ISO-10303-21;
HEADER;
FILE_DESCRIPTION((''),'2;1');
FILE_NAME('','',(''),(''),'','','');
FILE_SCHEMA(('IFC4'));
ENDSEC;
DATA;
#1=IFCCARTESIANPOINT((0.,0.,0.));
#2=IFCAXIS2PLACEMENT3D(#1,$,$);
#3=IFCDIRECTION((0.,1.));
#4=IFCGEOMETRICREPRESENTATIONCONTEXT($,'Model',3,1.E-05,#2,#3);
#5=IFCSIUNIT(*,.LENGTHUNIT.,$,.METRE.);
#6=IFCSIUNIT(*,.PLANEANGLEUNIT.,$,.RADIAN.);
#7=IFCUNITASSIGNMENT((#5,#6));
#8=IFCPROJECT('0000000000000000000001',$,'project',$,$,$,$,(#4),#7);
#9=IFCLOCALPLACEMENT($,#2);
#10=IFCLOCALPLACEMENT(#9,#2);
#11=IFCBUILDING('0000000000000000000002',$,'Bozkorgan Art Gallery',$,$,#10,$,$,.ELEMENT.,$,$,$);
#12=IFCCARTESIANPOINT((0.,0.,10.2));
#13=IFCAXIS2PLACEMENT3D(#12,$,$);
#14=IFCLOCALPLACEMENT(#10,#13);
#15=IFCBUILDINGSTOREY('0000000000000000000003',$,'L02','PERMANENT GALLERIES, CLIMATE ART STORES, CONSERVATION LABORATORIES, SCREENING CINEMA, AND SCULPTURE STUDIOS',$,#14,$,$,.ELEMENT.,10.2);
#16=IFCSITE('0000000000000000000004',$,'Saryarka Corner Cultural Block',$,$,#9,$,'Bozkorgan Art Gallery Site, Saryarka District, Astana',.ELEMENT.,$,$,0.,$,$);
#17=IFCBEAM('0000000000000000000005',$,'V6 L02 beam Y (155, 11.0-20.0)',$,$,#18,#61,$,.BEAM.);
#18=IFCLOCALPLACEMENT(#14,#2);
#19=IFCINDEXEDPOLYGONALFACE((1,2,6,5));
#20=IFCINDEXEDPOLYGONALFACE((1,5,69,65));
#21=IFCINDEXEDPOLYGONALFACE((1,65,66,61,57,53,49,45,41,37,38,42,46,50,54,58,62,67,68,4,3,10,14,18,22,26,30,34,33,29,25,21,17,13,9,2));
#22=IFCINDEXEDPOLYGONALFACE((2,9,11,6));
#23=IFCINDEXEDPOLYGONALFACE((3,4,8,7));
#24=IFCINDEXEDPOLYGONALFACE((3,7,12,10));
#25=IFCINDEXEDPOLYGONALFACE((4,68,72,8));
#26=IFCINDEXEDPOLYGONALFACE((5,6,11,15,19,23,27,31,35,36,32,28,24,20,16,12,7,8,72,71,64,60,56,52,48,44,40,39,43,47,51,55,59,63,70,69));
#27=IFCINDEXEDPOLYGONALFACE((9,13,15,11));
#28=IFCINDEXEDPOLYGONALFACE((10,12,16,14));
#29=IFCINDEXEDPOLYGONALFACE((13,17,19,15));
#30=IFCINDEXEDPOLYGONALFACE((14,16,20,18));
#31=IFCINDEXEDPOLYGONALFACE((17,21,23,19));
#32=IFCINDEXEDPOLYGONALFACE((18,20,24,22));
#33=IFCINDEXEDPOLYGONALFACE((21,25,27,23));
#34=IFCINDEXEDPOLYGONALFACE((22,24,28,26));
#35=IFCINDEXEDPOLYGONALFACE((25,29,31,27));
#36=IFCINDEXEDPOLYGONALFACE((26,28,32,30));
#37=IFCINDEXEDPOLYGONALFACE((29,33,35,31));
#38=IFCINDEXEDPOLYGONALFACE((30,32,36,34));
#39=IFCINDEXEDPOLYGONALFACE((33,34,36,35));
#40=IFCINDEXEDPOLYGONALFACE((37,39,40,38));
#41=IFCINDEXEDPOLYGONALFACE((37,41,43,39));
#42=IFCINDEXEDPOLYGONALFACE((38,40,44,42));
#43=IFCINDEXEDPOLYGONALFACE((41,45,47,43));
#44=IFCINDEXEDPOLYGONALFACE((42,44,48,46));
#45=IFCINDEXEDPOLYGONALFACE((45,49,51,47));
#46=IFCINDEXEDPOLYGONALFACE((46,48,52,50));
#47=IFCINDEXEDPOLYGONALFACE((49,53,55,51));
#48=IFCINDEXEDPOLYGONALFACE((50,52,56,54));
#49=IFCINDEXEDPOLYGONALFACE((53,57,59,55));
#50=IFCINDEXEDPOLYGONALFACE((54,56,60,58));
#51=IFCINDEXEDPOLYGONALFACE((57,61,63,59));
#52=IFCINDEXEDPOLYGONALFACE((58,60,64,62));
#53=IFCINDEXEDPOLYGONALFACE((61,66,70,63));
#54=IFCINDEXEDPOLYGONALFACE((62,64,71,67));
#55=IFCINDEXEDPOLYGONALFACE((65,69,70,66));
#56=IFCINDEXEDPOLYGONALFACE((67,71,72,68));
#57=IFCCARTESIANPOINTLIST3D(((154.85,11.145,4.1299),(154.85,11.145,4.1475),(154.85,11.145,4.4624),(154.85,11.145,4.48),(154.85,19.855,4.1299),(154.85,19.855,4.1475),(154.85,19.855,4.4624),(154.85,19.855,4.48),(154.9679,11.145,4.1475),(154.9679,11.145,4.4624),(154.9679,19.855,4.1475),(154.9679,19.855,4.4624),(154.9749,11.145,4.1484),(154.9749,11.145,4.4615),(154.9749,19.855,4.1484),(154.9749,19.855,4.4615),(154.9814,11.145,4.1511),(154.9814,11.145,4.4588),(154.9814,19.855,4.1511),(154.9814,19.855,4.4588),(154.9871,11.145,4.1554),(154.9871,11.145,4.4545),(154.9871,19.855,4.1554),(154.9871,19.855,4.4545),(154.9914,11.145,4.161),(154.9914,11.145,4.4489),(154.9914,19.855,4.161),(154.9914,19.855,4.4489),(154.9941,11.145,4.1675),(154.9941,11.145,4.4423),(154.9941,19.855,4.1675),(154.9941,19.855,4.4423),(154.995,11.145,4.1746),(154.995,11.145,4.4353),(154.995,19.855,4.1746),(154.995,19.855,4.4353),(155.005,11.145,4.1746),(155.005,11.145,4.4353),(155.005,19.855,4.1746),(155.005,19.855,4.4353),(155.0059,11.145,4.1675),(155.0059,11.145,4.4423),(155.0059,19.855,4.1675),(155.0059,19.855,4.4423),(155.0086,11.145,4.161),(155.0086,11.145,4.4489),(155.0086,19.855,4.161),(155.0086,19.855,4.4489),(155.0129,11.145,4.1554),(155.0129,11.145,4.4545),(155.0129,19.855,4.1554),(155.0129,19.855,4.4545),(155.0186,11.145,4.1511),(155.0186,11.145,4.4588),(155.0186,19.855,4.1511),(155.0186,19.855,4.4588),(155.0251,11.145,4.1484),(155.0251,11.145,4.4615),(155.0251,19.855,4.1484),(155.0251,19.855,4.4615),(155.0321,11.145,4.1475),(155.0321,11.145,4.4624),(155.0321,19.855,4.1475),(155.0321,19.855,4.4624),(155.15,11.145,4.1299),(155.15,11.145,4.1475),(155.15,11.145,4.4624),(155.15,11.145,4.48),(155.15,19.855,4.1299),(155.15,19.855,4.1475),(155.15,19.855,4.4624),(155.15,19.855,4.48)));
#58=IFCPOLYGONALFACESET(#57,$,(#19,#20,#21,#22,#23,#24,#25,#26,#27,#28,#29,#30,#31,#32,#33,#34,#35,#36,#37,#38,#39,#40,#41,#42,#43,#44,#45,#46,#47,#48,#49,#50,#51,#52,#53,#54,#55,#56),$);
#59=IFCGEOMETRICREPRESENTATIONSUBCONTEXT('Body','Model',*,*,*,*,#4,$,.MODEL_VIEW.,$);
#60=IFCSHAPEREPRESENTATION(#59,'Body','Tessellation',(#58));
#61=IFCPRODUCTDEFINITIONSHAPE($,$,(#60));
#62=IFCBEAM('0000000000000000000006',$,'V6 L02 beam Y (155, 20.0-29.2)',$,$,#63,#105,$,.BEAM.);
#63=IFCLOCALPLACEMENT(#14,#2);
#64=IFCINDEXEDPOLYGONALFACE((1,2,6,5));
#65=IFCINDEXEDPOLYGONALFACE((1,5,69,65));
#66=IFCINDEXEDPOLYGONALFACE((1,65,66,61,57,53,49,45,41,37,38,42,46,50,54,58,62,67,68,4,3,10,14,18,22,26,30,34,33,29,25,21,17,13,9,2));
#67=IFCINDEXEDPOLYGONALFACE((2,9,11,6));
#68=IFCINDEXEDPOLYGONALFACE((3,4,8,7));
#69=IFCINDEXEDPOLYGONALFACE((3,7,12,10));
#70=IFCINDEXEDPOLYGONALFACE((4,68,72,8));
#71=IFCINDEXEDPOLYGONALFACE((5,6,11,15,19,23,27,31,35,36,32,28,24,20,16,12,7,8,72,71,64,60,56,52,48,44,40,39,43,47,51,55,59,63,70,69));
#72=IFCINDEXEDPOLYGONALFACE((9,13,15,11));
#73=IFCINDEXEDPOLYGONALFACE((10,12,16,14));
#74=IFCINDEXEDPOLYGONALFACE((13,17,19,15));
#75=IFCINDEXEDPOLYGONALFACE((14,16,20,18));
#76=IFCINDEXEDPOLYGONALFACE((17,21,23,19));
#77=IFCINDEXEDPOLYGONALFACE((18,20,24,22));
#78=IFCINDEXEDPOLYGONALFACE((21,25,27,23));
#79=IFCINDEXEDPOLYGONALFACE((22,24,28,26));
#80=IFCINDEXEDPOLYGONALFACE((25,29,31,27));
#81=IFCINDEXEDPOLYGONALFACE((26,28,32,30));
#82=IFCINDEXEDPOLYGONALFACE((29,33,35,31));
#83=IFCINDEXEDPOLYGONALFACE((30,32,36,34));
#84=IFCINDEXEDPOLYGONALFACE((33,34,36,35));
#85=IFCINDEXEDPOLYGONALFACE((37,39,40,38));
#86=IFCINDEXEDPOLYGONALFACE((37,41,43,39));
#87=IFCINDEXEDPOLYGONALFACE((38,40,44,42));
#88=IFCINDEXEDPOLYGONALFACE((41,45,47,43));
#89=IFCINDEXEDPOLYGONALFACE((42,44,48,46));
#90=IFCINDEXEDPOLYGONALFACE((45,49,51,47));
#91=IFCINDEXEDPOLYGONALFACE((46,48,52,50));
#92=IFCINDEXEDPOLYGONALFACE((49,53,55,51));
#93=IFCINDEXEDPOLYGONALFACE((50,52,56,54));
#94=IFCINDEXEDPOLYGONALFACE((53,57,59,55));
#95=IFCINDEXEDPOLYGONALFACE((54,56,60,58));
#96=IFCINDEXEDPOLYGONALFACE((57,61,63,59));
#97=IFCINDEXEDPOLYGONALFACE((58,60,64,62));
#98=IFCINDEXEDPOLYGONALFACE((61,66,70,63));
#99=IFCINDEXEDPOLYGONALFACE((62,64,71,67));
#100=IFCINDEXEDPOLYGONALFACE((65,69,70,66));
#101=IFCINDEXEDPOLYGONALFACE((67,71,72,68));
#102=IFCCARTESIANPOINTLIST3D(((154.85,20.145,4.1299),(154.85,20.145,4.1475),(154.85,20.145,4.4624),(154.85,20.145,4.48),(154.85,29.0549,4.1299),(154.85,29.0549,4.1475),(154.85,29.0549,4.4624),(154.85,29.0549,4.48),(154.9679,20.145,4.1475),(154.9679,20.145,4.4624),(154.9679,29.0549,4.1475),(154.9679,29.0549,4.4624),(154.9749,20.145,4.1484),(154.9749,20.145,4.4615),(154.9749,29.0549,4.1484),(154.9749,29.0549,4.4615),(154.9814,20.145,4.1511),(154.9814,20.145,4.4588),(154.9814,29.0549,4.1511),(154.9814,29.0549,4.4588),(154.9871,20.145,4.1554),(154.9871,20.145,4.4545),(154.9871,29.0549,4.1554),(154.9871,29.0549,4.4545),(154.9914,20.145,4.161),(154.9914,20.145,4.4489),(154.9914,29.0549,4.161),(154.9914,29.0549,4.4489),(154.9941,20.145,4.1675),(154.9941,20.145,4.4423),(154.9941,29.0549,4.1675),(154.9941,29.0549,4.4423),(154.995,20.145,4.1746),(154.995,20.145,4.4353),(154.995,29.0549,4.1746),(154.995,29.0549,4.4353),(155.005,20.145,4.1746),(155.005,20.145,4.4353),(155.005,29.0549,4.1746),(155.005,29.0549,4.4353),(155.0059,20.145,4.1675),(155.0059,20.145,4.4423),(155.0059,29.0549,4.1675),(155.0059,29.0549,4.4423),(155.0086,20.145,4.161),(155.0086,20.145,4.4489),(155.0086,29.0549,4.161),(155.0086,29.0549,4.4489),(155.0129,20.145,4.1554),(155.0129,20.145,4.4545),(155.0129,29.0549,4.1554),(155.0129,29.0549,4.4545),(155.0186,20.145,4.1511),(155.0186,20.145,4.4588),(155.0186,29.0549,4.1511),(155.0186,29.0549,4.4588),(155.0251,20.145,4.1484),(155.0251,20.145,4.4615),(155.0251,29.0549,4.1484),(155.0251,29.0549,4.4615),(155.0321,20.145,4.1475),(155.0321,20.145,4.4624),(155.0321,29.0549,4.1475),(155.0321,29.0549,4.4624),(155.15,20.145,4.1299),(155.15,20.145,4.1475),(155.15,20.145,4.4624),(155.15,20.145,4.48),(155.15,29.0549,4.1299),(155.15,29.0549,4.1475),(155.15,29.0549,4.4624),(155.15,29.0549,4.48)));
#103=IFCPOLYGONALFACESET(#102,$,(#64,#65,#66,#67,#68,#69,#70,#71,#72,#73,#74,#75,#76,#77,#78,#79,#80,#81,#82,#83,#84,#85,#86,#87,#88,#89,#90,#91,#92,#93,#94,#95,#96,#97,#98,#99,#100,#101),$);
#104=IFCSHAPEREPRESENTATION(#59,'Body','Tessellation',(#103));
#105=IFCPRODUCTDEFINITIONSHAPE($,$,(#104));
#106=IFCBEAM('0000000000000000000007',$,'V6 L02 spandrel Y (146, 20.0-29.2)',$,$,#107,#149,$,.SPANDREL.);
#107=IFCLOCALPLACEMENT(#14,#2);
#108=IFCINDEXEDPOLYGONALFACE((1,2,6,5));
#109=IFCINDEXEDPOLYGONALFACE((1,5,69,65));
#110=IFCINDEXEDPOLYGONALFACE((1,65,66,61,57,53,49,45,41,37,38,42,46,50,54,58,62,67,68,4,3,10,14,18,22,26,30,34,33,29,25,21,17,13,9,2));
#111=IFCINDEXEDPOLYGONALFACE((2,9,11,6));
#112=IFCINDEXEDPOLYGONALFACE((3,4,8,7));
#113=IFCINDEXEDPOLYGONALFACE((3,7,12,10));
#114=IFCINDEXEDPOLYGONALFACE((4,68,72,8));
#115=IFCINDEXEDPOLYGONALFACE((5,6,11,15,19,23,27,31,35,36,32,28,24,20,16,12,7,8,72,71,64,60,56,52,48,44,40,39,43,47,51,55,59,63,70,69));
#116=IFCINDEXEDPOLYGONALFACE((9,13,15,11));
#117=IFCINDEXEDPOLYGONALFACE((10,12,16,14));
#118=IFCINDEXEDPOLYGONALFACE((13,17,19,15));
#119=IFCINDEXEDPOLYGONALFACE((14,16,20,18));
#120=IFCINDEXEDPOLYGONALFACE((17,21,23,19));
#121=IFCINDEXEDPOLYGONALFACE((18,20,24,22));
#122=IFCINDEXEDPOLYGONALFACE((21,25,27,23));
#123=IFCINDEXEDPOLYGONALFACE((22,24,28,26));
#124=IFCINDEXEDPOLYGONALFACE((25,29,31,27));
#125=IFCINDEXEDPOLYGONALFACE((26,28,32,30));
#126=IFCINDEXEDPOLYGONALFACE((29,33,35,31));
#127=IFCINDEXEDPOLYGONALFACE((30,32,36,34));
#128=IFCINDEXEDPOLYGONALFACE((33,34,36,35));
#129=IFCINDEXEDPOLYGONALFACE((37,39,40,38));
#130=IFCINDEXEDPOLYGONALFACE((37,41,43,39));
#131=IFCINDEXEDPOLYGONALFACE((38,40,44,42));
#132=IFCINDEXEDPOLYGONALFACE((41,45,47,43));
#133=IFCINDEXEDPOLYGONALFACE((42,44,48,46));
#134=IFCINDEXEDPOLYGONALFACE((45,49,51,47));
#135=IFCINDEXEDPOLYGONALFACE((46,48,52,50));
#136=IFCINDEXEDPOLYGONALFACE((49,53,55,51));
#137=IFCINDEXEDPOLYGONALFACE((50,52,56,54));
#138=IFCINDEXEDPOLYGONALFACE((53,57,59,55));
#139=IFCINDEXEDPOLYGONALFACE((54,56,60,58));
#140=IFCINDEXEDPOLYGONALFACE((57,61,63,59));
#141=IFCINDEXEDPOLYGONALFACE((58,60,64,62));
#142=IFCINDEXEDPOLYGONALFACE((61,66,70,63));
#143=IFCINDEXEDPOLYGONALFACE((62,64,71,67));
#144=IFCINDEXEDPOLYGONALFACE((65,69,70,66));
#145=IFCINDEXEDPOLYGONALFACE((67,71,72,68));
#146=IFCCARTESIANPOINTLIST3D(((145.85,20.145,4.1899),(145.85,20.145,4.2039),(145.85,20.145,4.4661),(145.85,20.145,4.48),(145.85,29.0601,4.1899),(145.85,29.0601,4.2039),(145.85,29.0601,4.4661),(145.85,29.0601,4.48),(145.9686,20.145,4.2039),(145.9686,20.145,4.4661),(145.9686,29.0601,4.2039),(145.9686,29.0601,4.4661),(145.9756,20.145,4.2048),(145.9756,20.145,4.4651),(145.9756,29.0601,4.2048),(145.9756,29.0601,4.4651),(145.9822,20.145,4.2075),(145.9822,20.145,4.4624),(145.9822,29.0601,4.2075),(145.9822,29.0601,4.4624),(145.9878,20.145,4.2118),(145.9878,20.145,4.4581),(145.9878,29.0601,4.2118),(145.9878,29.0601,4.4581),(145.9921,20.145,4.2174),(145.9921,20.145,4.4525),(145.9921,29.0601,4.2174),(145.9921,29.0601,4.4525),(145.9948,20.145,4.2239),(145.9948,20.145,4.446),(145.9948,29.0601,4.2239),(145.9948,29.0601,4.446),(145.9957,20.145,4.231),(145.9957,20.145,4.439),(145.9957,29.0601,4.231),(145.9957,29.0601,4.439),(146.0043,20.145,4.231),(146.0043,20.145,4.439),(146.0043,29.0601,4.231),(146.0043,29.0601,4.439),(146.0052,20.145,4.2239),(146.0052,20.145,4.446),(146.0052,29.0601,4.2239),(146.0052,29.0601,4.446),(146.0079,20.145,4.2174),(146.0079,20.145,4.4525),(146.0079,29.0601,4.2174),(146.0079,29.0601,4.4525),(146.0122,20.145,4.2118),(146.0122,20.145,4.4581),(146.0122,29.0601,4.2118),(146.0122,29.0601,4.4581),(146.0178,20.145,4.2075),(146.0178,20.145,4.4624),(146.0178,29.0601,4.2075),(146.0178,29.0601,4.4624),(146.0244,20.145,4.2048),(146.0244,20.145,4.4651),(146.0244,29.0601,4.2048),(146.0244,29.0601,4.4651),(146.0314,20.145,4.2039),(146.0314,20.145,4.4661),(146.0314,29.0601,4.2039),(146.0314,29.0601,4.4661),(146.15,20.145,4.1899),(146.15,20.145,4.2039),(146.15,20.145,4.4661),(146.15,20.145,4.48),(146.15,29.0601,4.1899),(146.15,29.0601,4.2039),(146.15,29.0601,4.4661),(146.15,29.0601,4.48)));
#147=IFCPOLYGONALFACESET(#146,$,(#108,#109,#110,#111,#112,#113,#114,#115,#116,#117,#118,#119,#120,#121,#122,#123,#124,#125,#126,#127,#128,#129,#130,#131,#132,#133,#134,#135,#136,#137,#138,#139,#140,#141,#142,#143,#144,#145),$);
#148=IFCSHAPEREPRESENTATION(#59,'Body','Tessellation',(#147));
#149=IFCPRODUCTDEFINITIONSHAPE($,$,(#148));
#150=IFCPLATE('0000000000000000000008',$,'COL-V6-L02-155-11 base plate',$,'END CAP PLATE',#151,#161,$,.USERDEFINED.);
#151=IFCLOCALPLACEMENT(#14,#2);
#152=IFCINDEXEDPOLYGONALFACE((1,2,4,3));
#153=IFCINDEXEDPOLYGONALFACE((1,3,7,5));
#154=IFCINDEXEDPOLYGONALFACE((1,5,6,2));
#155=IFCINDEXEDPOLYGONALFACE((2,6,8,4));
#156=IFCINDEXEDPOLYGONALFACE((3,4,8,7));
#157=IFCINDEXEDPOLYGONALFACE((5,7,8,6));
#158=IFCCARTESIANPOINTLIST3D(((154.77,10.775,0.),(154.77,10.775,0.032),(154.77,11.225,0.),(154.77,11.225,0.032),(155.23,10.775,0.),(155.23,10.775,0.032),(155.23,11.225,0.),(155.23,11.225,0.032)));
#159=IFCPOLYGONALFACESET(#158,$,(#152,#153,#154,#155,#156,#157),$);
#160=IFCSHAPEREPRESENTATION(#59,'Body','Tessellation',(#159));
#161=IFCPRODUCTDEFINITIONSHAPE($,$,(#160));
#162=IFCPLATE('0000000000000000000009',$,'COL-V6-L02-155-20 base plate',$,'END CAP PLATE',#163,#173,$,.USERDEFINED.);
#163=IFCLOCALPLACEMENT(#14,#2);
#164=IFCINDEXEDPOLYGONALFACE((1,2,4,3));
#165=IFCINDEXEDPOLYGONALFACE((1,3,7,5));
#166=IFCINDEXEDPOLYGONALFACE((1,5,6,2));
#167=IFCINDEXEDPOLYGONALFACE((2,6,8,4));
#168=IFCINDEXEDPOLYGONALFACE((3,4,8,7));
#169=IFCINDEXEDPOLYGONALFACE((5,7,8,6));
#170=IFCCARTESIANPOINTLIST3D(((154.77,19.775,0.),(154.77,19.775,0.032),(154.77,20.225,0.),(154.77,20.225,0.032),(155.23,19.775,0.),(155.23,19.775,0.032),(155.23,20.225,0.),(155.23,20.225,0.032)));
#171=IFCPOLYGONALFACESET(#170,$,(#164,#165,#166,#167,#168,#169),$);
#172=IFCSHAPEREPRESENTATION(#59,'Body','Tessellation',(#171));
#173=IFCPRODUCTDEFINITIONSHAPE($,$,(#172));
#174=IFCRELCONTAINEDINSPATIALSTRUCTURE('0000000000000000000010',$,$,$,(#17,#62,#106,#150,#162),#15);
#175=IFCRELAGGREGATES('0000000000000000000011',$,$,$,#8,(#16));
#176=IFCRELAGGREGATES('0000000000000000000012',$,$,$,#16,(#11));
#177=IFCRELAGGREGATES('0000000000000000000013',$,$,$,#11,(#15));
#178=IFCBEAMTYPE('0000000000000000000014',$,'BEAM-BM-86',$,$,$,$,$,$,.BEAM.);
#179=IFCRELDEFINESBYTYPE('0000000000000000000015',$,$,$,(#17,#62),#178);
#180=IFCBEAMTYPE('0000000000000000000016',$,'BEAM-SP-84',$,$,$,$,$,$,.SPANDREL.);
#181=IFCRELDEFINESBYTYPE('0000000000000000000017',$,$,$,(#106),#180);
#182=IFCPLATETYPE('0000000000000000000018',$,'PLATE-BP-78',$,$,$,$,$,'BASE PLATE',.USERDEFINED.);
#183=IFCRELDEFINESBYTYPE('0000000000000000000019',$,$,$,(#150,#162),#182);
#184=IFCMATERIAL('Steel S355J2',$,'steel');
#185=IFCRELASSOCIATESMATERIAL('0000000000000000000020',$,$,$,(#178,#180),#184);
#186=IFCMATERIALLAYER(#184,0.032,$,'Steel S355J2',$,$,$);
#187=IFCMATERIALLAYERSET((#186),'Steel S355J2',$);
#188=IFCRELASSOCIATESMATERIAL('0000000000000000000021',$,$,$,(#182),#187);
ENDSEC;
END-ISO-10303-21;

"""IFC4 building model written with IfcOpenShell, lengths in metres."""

from ifc_helpers import new_model, si_unit, direction, frame, origin, origin_2d, place, context, subcontext, project, spatial, rectangle, i_section, extrude, material, layer, layer_set, material_profile, profile_set, type_object, element, save


model = new_model("IFC4")

# Units and contexts
model_context = context("Model", 3, precision=1e-05, world=origin(), true_north=direction((0.0, 1.0)))
body_context = subcontext(model_context, "Body", "Model", "MODEL_VIEW")
ifc_project = project(units=[si_unit("LENGTHUNIT", "METRE"), si_unit("PLANEANGLEUNIT", "RADIAN")], contexts=[model_context])

# Site, building, storey
site_placement = place(None, origin())
site = spatial("IfcSite", under=ifc_project, at=site_placement, Name="Saryarka Corner Cultural Block", LongName="Bozkorgan Art Gallery Site, Saryarka District, Astana", CompositionType="ELEMENT", RefElevation=0.0)
building_placement = place(site_placement, origin())
building = spatial("IfcBuilding", under=site, at=building_placement, Name="Bozkorgan Art Gallery", CompositionType="ELEMENT")
storey_placement = place(building_placement, frame((0.0, 0.0, 10.2)))
storey = spatial("IfcBuildingStorey", under=building, at=storey_placement, Name="L02", Description="PERMANENT GALLERIES, CLIMATE ART STORES, CONSERVATION LABORATORIES, SCREENING CINEMA, AND SCULPTURE STUDIOS", CompositionType="ELEMENT", Elevation=10.2)

# Shared definitions
ifc_material_1 = material(Name="Steel S355J2", Category="steel")

# Beams
ifc_material_profile_1 = material_profile(ifc_material_1, i_section(OverallWidth=0.3, OverallDepth=0.3501, WebThickness=0.01, FlangeThickness=0.0176, FilletRadius=0.0271, at=origin_2d()), Name="HEA 360")
ifc_profile_set_1 = profile_set([ifc_material_profile_1], Name="Steel S355J2")
beam_type_1 = type_object("IfcBeamType", Name="BEAM-BM-86", PredefinedType="BEAM", material=ifc_profile_set_1)
beam_1_placement = place(storey_placement, frame((155.0, 11.145, 4.3049), z_axis=(0.0, 1.0, 0.0), x_axis=(-1.0, 0.0, 0.0)))
element("IfcBeam", 1, at=beam_1_placement, inside=storey, type_object=beam_type_1, Name="V6 L02 beam Y (155, 11.0-20.0)", PredefinedType="BEAM", context=body_context, shape_type="SweptSolid", body=[
    extrude(i_section(OverallWidth=0.3, OverallDepth=0.3501, WebThickness=0.01, FlangeThickness=0.0176, FilletRadius=0.0271, at=origin_2d()), origin(), (0.0, 0.0, 1.0), 8.71),
])
beam_2_placement = place(storey_placement, frame((155.0, 20.145, 4.3049), z_axis=(0.0, 1.0, 0.0), x_axis=(-1.0, 0.0, 0.0)))
element("IfcBeam", 2, at=beam_2_placement, inside=storey, type_object=beam_type_1, Name="V6 L02 beam Y (155, 20.0-29.2)", PredefinedType="BEAM", context=body_context, shape_type="SweptSolid", body=[
    extrude(i_section(OverallWidth=0.3, OverallDepth=0.3501, WebThickness=0.01, FlangeThickness=0.0176, FilletRadius=0.0271, at=origin_2d()), origin(), (0.0, 0.0, 1.0), 8.9099),
])
ifc_material_profile_2 = material_profile(ifc_material_1, i_section(OverallWidth=0.3, OverallDepth=0.29, WebThickness=0.0085, FlangeThickness=0.0139, FilletRadius=0.0271, at=origin_2d()), Name="HEA 300")
ifc_profile_set_2 = profile_set([ifc_material_profile_2], Name="Steel S355J2")
beam_type_2 = type_object("IfcBeamType", Name="BEAM-SP-84", PredefinedType="SPANDREL", material=ifc_profile_set_2)
beam_3_placement = place(storey_placement, frame((146.0, 20.145, 4.335), z_axis=(0.0, 1.0, 0.0), x_axis=(-1.0, 0.0, 0.0)))
element("IfcBeam", 3, at=beam_3_placement, inside=storey, type_object=beam_type_2, Name="V6 L02 spandrel Y (146, 20.0-29.2)", PredefinedType="SPANDREL", context=body_context, shape_type="SweptSolid", body=[
    extrude(i_section(OverallWidth=0.3, OverallDepth=0.29, WebThickness=0.0085, FlangeThickness=0.0139, FilletRadius=0.0271, at=origin_2d()), origin(), (0.0, 0.0, 1.0), 8.915),
])

# Plates
ifc_layer_1 = layer(ifc_material_1, 0.032, Name="Steel S355J2")
ifc_layer_set_1 = layer_set([ifc_layer_1], Name="Steel S355J2")
plate_type = type_object("IfcPlateType", Name="PLATE-BP-78", ElementType="BASE PLATE", PredefinedType="USERDEFINED", material=ifc_layer_set_1)
for number, where, z_axis, x_axis, name in (
    (4, (155.0, 11.0, 0.0), (0.0, 0.0, 1.0), (1.0, 0.0, 0.0), "COL-V6-L02-155-11 base plate"),
    (5, (155.0, 20.0, 0.0), (0.0, 0.0, 1.0), (1.0, 0.0, 0.0), "COL-V6-L02-155-20 base plate"),
):
    element("IfcPlate", number, at=place(storey_placement, frame(where, z_axis=z_axis, x_axis=x_axis)), inside=storey, type_object=plate_type, Name=name, ObjectType="END CAP PLATE", PredefinedType="USERDEFINED", context=body_context, shape_type="SweptSolid", body=[
        extrude(rectangle(XDim=0.46, YDim=0.45, at=origin_2d()), origin(), (0.0, 0.0, 1.0), 0.032),
    ])

save(model, "model.ifc")
